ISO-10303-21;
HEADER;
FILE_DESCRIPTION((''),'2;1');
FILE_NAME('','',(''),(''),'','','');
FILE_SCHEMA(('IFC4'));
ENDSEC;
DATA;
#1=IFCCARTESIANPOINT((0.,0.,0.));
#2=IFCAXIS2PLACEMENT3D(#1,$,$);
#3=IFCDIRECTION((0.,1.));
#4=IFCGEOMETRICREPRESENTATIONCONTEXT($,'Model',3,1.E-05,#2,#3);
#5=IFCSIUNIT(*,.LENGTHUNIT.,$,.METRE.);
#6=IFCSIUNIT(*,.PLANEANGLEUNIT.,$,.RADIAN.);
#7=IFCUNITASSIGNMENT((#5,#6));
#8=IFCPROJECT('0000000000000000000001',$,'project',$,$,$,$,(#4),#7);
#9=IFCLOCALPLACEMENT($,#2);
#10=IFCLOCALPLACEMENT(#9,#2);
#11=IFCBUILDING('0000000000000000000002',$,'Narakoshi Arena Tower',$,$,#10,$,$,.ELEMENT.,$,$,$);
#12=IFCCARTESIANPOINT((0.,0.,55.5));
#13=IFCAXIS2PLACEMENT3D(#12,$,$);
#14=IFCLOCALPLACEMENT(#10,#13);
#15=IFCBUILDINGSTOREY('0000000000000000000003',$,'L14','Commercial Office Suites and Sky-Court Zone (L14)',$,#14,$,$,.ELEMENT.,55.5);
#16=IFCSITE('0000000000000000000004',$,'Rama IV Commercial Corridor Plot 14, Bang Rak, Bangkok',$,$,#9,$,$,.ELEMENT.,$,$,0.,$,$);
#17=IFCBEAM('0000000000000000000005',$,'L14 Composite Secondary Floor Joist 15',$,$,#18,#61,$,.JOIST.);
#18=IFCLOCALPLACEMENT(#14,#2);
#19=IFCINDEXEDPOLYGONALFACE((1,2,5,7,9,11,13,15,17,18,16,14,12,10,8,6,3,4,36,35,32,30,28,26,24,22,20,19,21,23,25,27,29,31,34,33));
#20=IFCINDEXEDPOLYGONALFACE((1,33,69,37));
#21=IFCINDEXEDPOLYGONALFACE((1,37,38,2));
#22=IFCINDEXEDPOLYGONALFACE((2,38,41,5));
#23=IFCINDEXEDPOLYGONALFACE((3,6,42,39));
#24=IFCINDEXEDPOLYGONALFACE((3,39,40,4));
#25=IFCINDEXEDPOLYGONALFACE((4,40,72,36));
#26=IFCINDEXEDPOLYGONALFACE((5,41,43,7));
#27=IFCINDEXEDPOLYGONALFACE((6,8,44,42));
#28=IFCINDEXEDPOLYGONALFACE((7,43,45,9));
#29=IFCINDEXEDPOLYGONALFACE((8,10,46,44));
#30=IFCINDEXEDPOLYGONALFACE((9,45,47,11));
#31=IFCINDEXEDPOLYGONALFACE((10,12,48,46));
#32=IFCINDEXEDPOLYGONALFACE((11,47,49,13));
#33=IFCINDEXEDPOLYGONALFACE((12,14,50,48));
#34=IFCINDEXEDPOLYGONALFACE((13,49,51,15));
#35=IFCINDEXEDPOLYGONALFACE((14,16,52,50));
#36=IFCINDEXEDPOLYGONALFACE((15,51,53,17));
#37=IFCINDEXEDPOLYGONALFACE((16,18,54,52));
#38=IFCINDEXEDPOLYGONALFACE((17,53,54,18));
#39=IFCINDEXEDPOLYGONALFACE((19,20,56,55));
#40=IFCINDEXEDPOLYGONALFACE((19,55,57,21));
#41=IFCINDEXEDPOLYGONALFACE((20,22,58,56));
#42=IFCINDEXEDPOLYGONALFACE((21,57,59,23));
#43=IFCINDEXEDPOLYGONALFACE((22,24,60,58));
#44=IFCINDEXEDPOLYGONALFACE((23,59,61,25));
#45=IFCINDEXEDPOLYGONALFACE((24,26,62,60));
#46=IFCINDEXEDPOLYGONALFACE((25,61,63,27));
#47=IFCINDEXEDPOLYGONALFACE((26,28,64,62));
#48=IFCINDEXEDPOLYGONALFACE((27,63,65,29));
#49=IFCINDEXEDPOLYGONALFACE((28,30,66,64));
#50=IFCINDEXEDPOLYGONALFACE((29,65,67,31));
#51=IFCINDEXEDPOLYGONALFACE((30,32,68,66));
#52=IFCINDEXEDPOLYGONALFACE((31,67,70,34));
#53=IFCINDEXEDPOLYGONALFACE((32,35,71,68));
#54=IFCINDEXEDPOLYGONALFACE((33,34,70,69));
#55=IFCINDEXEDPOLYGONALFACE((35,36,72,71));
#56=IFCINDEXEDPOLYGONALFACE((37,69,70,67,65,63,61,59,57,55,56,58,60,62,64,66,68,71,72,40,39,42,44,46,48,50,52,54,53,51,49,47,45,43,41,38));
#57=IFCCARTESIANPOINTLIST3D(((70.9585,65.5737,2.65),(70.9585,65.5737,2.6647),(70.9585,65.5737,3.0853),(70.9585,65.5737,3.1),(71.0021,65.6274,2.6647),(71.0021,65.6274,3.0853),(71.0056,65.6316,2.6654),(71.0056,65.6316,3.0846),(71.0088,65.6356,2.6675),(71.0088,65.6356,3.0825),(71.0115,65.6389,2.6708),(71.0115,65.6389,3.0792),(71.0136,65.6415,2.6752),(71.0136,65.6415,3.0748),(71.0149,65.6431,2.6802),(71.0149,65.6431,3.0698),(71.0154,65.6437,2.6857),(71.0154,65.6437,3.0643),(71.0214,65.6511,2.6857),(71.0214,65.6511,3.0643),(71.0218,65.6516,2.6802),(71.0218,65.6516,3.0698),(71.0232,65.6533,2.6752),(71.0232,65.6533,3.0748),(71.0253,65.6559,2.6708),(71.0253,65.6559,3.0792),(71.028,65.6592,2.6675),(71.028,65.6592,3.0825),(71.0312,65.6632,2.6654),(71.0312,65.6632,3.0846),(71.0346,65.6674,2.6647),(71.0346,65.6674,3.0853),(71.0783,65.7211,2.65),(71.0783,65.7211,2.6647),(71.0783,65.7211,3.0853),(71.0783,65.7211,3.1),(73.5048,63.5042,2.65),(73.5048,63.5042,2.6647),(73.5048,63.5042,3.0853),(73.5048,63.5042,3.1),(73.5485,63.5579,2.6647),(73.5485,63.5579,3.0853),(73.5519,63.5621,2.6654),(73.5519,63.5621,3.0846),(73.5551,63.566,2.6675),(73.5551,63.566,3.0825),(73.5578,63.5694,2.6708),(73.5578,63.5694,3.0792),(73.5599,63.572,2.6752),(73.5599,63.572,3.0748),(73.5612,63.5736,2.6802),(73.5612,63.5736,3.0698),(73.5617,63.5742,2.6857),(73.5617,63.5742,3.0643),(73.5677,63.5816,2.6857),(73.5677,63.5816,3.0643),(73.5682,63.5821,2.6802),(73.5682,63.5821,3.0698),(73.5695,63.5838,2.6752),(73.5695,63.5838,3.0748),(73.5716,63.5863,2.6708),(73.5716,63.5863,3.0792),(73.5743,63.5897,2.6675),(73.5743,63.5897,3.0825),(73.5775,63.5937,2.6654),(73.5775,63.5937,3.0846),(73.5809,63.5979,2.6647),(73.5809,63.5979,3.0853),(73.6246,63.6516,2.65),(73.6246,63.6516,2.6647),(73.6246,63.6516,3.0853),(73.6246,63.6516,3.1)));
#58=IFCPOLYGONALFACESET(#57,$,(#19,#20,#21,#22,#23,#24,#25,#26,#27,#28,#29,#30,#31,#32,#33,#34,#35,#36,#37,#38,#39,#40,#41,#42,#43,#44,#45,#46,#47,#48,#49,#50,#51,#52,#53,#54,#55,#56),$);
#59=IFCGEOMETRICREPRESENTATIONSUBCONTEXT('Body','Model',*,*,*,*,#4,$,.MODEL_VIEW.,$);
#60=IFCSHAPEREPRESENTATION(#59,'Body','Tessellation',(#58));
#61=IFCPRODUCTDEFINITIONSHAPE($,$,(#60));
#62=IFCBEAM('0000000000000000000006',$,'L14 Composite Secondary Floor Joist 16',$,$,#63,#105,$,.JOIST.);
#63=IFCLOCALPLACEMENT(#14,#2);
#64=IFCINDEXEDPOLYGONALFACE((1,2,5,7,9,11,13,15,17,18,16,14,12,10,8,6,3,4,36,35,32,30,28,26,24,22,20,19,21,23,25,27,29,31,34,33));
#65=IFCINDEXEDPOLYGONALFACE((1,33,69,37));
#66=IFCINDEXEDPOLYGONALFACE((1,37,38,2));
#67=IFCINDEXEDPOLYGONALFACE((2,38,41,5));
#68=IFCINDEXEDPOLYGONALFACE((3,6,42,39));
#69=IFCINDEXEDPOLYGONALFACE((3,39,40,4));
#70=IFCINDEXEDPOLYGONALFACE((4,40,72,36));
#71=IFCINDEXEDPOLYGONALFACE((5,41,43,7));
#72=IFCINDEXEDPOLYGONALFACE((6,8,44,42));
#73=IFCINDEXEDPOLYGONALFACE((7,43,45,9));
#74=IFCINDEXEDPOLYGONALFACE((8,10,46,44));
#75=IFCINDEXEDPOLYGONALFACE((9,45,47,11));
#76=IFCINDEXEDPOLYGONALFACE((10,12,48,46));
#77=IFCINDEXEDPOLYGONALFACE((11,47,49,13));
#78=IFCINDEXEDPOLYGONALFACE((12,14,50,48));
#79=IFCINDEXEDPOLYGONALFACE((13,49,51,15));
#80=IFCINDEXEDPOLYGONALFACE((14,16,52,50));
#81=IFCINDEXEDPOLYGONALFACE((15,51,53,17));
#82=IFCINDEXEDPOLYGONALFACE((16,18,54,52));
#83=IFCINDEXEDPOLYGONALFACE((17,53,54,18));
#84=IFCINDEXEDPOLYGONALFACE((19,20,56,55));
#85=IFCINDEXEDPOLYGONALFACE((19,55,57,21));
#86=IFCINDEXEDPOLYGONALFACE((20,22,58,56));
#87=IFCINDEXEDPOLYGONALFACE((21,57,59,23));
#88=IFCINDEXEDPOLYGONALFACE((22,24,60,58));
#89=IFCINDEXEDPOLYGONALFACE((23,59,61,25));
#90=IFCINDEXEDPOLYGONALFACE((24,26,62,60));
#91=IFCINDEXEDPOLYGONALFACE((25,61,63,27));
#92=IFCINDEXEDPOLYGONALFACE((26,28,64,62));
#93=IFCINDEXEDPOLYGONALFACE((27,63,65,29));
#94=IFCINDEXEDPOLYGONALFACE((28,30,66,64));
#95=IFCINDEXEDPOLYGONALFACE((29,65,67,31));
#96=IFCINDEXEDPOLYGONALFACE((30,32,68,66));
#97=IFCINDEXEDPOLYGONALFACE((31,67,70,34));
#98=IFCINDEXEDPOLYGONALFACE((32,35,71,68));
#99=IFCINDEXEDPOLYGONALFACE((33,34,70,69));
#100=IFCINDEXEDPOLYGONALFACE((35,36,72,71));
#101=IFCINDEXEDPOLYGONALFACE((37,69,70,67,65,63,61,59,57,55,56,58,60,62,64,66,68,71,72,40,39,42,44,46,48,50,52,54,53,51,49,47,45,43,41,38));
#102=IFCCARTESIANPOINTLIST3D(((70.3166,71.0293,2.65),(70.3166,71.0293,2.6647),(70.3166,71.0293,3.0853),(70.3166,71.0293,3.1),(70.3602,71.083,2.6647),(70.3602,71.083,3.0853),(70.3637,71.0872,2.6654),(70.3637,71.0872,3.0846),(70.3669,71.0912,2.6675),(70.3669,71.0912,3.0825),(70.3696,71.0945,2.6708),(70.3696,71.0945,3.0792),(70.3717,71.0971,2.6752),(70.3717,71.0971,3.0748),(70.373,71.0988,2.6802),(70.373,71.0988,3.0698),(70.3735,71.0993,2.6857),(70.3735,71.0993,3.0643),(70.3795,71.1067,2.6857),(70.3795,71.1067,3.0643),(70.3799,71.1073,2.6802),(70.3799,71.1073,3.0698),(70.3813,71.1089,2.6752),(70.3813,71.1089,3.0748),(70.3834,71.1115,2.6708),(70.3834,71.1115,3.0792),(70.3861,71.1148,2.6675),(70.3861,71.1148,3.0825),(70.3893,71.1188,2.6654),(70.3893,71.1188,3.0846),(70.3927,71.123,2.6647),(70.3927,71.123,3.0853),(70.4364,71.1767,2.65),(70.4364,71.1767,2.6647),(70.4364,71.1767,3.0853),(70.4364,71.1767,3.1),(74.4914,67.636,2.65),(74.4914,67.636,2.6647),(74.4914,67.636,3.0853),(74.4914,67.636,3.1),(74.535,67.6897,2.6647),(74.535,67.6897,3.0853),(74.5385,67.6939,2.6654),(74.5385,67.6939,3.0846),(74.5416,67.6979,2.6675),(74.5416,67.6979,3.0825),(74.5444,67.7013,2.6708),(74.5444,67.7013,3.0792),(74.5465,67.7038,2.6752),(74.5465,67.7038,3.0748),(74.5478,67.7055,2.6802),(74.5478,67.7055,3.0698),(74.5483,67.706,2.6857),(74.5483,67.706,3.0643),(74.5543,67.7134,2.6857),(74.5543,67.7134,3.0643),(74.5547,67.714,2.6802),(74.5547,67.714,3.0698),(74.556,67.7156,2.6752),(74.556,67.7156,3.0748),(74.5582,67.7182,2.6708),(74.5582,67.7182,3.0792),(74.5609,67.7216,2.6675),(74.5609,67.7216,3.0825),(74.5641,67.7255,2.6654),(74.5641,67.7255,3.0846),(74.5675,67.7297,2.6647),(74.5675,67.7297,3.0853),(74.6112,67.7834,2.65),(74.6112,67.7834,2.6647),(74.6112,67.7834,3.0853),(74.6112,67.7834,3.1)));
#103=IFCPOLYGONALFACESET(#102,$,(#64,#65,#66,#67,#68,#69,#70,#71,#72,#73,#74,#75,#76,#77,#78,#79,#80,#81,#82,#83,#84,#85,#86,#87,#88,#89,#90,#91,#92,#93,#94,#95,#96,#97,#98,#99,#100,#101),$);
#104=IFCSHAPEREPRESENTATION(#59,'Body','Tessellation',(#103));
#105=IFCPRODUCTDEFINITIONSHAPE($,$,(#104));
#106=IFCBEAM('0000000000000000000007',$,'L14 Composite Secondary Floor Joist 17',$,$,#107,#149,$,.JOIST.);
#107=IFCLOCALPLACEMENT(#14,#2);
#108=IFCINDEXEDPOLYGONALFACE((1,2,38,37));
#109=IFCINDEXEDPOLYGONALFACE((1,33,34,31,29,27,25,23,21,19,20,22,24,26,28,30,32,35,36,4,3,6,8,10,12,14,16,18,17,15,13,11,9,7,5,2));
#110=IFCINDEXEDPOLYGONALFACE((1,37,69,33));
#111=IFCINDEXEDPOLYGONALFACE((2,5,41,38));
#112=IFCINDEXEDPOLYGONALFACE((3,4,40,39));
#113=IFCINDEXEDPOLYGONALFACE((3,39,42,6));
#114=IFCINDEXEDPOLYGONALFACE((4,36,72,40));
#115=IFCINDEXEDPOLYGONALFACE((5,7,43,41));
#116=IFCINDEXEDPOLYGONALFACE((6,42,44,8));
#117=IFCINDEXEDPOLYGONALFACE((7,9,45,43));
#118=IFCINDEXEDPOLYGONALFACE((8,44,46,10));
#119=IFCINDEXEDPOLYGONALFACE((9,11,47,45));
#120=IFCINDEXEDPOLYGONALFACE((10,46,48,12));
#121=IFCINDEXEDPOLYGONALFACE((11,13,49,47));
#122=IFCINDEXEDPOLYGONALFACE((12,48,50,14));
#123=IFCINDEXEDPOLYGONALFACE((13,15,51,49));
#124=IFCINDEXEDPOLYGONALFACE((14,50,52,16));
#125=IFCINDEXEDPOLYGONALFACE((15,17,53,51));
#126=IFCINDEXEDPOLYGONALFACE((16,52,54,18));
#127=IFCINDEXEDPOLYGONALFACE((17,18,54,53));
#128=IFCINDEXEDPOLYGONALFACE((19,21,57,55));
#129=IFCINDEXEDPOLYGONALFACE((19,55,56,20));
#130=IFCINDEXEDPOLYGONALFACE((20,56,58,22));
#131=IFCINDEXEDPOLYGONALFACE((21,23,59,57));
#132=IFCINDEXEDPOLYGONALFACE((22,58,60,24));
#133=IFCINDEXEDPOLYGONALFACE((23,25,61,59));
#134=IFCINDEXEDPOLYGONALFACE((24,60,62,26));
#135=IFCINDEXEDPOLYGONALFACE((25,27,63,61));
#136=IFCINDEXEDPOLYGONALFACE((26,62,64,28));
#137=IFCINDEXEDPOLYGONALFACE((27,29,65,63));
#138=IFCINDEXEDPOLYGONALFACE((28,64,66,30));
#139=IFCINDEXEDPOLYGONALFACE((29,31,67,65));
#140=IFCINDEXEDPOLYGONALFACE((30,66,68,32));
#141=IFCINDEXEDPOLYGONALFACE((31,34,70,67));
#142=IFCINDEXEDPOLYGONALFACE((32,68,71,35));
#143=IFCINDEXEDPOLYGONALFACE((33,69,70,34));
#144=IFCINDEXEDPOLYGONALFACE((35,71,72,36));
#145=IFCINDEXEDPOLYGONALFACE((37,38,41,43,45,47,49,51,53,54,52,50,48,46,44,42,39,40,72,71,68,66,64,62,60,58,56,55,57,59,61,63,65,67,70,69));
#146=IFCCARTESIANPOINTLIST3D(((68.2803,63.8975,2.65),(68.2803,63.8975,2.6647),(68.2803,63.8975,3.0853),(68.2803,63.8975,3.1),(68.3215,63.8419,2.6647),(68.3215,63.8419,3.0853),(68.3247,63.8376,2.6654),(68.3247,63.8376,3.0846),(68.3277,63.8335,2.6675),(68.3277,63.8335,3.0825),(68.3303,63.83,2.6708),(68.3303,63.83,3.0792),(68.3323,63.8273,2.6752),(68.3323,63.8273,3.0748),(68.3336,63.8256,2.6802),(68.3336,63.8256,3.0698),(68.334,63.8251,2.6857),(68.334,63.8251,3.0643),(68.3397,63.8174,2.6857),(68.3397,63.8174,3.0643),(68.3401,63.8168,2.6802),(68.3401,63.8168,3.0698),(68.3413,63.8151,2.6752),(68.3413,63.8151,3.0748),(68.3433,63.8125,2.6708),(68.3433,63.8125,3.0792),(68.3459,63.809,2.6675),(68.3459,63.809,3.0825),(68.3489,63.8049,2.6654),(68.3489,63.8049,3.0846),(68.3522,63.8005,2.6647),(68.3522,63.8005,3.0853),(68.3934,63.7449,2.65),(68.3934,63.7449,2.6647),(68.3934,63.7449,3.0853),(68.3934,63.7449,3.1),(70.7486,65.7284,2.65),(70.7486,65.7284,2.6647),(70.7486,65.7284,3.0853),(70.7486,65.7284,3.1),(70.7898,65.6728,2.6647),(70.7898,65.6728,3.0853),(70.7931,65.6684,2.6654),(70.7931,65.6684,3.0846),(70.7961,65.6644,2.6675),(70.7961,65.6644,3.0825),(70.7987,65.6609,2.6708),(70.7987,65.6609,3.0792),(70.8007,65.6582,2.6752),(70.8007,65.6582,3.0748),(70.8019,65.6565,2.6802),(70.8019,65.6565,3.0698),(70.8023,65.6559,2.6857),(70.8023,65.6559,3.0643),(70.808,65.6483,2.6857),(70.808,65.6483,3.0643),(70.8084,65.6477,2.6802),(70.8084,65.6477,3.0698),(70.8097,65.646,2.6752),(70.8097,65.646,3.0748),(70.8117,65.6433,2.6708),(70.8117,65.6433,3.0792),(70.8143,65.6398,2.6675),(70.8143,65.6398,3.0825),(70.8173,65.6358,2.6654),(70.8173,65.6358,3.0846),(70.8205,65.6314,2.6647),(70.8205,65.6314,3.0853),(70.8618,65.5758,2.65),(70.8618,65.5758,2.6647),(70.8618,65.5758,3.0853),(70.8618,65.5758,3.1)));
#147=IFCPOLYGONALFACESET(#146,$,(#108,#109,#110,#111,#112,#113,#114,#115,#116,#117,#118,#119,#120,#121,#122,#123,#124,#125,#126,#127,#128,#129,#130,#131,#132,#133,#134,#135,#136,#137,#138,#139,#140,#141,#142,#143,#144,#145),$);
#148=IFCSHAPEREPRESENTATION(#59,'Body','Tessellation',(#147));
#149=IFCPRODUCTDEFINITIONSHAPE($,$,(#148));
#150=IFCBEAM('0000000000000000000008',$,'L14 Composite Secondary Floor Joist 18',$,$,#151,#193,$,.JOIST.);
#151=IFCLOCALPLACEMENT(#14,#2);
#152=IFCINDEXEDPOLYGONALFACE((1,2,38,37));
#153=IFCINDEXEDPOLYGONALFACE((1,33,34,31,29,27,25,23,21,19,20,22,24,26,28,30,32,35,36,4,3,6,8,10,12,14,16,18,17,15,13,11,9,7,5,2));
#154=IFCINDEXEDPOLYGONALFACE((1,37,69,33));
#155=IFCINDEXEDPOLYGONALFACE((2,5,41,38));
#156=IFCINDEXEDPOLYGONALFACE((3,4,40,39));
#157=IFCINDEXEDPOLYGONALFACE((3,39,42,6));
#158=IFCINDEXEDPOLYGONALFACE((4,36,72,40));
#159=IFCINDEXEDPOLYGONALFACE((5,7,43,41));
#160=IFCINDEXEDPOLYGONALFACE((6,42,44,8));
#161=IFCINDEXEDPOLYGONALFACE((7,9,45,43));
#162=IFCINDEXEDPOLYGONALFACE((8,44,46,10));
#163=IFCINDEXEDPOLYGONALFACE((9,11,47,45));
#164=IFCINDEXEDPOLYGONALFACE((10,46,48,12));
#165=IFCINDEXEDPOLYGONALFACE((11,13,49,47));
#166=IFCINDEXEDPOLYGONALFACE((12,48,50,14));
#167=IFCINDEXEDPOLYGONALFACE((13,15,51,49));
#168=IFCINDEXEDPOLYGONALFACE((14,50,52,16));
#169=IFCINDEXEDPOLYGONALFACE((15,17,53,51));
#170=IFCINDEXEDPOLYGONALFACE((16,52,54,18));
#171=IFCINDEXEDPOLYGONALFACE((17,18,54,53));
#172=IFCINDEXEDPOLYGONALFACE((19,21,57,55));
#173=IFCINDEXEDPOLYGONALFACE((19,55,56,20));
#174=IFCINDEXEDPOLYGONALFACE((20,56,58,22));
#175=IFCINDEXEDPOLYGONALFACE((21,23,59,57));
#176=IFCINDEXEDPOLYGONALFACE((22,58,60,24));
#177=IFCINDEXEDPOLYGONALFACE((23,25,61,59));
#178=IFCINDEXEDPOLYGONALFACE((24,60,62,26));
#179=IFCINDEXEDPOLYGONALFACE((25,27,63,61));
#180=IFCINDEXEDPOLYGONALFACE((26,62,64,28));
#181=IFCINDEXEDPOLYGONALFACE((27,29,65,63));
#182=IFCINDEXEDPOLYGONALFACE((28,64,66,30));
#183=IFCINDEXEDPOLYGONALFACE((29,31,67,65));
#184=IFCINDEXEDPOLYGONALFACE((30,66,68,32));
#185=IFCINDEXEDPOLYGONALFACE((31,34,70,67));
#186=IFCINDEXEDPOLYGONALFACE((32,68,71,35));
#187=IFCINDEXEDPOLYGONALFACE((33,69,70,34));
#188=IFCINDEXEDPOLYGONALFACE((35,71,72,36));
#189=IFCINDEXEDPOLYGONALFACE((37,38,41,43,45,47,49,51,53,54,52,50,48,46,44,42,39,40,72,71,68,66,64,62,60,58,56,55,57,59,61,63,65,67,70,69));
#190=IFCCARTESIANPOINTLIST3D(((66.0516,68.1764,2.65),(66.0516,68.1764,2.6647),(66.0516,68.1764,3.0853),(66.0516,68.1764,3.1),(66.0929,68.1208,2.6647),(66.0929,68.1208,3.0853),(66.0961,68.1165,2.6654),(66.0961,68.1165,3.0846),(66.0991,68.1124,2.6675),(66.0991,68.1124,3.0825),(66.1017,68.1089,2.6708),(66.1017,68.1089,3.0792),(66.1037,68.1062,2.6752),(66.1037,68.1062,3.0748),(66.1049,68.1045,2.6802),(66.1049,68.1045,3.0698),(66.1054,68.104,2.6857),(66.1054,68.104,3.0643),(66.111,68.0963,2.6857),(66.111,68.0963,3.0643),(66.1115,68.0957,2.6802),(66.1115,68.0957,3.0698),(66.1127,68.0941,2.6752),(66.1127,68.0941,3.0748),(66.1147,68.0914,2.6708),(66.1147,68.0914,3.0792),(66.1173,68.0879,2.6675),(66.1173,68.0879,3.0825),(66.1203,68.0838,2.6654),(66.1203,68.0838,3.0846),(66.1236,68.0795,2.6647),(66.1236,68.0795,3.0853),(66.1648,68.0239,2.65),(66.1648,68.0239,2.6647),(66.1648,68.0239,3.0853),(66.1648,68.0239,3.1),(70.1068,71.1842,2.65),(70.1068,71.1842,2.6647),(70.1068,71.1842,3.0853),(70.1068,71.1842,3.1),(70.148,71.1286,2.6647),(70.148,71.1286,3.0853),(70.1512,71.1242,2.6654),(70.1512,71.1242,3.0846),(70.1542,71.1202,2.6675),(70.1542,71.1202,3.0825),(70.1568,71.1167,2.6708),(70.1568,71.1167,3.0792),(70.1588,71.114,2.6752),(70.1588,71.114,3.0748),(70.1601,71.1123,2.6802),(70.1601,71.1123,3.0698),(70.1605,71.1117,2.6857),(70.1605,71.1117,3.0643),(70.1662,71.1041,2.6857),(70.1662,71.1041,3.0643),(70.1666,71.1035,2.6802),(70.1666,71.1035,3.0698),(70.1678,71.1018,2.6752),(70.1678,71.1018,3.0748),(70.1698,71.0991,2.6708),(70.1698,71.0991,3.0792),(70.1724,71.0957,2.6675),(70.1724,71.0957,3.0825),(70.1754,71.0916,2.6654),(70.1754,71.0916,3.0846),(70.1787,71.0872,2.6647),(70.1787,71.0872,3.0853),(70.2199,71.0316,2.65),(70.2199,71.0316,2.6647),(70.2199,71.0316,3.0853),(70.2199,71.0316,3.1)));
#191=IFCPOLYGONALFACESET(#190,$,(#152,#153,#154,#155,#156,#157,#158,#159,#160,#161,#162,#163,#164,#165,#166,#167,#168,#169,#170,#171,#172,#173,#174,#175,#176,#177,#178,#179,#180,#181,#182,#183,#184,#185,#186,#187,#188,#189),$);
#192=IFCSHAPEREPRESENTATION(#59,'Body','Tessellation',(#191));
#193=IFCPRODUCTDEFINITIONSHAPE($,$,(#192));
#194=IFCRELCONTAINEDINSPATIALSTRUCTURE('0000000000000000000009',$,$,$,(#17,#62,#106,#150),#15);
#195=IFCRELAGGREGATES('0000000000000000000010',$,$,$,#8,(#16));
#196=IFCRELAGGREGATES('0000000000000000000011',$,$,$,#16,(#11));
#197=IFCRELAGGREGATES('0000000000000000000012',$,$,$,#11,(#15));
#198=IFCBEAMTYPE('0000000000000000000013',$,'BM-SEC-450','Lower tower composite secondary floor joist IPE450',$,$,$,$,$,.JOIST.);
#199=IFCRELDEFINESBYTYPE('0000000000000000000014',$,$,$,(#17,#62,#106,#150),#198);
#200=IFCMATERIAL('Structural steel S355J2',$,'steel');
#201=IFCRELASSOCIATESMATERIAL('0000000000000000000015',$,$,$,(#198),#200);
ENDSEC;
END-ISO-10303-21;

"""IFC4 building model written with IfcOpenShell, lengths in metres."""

from ifc_helpers import new_model, si_unit, direction, frame, origin, origin_2d, place, context, subcontext, project, spatial, i_section, extrude, material, material_profile, profile_set, type_object, element, save


model = new_model("IFC4")

# Units and contexts
model_context = context("Model", 3, precision=1e-05, world=origin(), true_north=direction((0.0, 1.0)))
body_context = subcontext(model_context, "Body", "Model", "MODEL_VIEW")
ifc_project = project(units=[si_unit("LENGTHUNIT", "METRE"), si_unit("PLANEANGLEUNIT", "RADIAN")], contexts=[model_context])

# Site, building, storey
site_placement = place(None, origin())
site = spatial("IfcSite", under=ifc_project, at=site_placement, Name="Rama IV Commercial Corridor Plot 14, Bang Rak, Bangkok", CompositionType="ELEMENT", RefElevation=0.0)
building_placement = place(site_placement, origin())
building = spatial("IfcBuilding", under=site, at=building_placement, Name="Narakoshi Arena Tower", CompositionType="ELEMENT")
storey_placement = place(building_placement, frame((0.0, 0.0, 55.5)))
storey = spatial("IfcBuildingStorey", under=building, at=storey_placement, Name="L14", Description="Commercial Office Suites and Sky-Court Zone (L14)", CompositionType="ELEMENT", Elevation=55.5)

# Beams
ifc_material_1 = material(Name="Structural steel S355J2", Category="steel")
ifc_material_profile_1 = material_profile(ifc_material_1, i_section(OverallWidth=0.1899, OverallDepth=0.45, WebThickness=0.0095, FlangeThickness=0.0146, FilletRadius=0.021, at=origin_2d()), Name="IPE450")
ifc_profile_set_1 = profile_set([ifc_material_profile_1], Name="Structural steel S355J2")
beam_type_1 = type_object("IfcBeamType", Name="BM-SEC-450", Description="Lower tower composite secondary floor joist IPE450", PredefinedType="JOIST", material=ifc_profile_set_1)
beam_1_placement = place(storey_placement, frame((73.5647, 63.5779, 2.875), z_axis=(-0.776018, 0.63071, 0.0), x_axis=(-0.63071, -0.776018, 0.0)))
element("IfcBeam", 1, at=beam_1_placement, inside=storey, type_object=beam_type_1, Name="L14 Composite Secondary Floor Joist 15", PredefinedType="JOIST", context=body_context, shape_type="SweptSolid", body=[
    extrude(i_section(OverallWidth=0.1899, OverallDepth=0.45, WebThickness=0.0095, FlangeThickness=0.0146, FilletRadius=0.021, at=origin_2d()), origin(), (0.0, 0.0, 1.0), 3.2812),
])
beam_2_placement = place(storey_placement, frame((74.5513, 67.7097, 2.875), z_axis=(-0.775997, 0.630736, 0.0), x_axis=(-0.630736, -0.775997, 0.0)))
element("IfcBeam", 2, at=beam_2_placement, inside=storey, type_object=beam_type_1, Name="L14 Composite Secondary Floor Joist 16", PredefinedType="JOIST", context=body_context, shape_type="SweptSolid", body=[
    extrude(i_section(OverallWidth=0.1899, OverallDepth=0.45, WebThickness=0.0095, FlangeThickness=0.0146, FilletRadius=0.021, at=origin_2d()), origin(), (0.0, 0.0, 1.0), 5.3799),
])
beam_3_placement = place(storey_placement, frame((70.8052, 65.6521, 2.875), z_axis=(-0.803173, -0.595746, 0.0), x_axis=(0.595746, -0.803173, 0.0)))
element("IfcBeam", 3, at=beam_3_placement, inside=storey, type_object=beam_type_1, Name="L14 Composite Secondary Floor Joist 17", PredefinedType="JOIST", context=body_context, shape_type="SweptSolid", body=[
    extrude(i_section(OverallWidth=0.1899, OverallDepth=0.45, WebThickness=0.0095, FlangeThickness=0.0146, FilletRadius=0.021, at=origin_2d()), origin(), (0.0, 0.0, 1.0), 3.0732),
])
beam_4_placement = place(storey_placement, frame((70.1633, 71.1079, 2.875), z_axis=(-0.80318, -0.595736, 0.0), x_axis=(0.595736, -0.80318, 0.0)))
element("IfcBeam", 4, at=beam_4_placement, inside=storey, type_object=beam_type_1, Name="L14 Composite Secondary Floor Joist 18", PredefinedType="JOIST", context=body_context, shape_type="SweptSolid", body=[
    extrude(i_section(OverallWidth=0.1899, OverallDepth=0.45, WebThickness=0.0095, FlangeThickness=0.0146, FilletRadius=0.021, at=origin_2d()), origin(), (0.0, 0.0, 1.0), 5.0488),
])

save(model, "model.ifc")
